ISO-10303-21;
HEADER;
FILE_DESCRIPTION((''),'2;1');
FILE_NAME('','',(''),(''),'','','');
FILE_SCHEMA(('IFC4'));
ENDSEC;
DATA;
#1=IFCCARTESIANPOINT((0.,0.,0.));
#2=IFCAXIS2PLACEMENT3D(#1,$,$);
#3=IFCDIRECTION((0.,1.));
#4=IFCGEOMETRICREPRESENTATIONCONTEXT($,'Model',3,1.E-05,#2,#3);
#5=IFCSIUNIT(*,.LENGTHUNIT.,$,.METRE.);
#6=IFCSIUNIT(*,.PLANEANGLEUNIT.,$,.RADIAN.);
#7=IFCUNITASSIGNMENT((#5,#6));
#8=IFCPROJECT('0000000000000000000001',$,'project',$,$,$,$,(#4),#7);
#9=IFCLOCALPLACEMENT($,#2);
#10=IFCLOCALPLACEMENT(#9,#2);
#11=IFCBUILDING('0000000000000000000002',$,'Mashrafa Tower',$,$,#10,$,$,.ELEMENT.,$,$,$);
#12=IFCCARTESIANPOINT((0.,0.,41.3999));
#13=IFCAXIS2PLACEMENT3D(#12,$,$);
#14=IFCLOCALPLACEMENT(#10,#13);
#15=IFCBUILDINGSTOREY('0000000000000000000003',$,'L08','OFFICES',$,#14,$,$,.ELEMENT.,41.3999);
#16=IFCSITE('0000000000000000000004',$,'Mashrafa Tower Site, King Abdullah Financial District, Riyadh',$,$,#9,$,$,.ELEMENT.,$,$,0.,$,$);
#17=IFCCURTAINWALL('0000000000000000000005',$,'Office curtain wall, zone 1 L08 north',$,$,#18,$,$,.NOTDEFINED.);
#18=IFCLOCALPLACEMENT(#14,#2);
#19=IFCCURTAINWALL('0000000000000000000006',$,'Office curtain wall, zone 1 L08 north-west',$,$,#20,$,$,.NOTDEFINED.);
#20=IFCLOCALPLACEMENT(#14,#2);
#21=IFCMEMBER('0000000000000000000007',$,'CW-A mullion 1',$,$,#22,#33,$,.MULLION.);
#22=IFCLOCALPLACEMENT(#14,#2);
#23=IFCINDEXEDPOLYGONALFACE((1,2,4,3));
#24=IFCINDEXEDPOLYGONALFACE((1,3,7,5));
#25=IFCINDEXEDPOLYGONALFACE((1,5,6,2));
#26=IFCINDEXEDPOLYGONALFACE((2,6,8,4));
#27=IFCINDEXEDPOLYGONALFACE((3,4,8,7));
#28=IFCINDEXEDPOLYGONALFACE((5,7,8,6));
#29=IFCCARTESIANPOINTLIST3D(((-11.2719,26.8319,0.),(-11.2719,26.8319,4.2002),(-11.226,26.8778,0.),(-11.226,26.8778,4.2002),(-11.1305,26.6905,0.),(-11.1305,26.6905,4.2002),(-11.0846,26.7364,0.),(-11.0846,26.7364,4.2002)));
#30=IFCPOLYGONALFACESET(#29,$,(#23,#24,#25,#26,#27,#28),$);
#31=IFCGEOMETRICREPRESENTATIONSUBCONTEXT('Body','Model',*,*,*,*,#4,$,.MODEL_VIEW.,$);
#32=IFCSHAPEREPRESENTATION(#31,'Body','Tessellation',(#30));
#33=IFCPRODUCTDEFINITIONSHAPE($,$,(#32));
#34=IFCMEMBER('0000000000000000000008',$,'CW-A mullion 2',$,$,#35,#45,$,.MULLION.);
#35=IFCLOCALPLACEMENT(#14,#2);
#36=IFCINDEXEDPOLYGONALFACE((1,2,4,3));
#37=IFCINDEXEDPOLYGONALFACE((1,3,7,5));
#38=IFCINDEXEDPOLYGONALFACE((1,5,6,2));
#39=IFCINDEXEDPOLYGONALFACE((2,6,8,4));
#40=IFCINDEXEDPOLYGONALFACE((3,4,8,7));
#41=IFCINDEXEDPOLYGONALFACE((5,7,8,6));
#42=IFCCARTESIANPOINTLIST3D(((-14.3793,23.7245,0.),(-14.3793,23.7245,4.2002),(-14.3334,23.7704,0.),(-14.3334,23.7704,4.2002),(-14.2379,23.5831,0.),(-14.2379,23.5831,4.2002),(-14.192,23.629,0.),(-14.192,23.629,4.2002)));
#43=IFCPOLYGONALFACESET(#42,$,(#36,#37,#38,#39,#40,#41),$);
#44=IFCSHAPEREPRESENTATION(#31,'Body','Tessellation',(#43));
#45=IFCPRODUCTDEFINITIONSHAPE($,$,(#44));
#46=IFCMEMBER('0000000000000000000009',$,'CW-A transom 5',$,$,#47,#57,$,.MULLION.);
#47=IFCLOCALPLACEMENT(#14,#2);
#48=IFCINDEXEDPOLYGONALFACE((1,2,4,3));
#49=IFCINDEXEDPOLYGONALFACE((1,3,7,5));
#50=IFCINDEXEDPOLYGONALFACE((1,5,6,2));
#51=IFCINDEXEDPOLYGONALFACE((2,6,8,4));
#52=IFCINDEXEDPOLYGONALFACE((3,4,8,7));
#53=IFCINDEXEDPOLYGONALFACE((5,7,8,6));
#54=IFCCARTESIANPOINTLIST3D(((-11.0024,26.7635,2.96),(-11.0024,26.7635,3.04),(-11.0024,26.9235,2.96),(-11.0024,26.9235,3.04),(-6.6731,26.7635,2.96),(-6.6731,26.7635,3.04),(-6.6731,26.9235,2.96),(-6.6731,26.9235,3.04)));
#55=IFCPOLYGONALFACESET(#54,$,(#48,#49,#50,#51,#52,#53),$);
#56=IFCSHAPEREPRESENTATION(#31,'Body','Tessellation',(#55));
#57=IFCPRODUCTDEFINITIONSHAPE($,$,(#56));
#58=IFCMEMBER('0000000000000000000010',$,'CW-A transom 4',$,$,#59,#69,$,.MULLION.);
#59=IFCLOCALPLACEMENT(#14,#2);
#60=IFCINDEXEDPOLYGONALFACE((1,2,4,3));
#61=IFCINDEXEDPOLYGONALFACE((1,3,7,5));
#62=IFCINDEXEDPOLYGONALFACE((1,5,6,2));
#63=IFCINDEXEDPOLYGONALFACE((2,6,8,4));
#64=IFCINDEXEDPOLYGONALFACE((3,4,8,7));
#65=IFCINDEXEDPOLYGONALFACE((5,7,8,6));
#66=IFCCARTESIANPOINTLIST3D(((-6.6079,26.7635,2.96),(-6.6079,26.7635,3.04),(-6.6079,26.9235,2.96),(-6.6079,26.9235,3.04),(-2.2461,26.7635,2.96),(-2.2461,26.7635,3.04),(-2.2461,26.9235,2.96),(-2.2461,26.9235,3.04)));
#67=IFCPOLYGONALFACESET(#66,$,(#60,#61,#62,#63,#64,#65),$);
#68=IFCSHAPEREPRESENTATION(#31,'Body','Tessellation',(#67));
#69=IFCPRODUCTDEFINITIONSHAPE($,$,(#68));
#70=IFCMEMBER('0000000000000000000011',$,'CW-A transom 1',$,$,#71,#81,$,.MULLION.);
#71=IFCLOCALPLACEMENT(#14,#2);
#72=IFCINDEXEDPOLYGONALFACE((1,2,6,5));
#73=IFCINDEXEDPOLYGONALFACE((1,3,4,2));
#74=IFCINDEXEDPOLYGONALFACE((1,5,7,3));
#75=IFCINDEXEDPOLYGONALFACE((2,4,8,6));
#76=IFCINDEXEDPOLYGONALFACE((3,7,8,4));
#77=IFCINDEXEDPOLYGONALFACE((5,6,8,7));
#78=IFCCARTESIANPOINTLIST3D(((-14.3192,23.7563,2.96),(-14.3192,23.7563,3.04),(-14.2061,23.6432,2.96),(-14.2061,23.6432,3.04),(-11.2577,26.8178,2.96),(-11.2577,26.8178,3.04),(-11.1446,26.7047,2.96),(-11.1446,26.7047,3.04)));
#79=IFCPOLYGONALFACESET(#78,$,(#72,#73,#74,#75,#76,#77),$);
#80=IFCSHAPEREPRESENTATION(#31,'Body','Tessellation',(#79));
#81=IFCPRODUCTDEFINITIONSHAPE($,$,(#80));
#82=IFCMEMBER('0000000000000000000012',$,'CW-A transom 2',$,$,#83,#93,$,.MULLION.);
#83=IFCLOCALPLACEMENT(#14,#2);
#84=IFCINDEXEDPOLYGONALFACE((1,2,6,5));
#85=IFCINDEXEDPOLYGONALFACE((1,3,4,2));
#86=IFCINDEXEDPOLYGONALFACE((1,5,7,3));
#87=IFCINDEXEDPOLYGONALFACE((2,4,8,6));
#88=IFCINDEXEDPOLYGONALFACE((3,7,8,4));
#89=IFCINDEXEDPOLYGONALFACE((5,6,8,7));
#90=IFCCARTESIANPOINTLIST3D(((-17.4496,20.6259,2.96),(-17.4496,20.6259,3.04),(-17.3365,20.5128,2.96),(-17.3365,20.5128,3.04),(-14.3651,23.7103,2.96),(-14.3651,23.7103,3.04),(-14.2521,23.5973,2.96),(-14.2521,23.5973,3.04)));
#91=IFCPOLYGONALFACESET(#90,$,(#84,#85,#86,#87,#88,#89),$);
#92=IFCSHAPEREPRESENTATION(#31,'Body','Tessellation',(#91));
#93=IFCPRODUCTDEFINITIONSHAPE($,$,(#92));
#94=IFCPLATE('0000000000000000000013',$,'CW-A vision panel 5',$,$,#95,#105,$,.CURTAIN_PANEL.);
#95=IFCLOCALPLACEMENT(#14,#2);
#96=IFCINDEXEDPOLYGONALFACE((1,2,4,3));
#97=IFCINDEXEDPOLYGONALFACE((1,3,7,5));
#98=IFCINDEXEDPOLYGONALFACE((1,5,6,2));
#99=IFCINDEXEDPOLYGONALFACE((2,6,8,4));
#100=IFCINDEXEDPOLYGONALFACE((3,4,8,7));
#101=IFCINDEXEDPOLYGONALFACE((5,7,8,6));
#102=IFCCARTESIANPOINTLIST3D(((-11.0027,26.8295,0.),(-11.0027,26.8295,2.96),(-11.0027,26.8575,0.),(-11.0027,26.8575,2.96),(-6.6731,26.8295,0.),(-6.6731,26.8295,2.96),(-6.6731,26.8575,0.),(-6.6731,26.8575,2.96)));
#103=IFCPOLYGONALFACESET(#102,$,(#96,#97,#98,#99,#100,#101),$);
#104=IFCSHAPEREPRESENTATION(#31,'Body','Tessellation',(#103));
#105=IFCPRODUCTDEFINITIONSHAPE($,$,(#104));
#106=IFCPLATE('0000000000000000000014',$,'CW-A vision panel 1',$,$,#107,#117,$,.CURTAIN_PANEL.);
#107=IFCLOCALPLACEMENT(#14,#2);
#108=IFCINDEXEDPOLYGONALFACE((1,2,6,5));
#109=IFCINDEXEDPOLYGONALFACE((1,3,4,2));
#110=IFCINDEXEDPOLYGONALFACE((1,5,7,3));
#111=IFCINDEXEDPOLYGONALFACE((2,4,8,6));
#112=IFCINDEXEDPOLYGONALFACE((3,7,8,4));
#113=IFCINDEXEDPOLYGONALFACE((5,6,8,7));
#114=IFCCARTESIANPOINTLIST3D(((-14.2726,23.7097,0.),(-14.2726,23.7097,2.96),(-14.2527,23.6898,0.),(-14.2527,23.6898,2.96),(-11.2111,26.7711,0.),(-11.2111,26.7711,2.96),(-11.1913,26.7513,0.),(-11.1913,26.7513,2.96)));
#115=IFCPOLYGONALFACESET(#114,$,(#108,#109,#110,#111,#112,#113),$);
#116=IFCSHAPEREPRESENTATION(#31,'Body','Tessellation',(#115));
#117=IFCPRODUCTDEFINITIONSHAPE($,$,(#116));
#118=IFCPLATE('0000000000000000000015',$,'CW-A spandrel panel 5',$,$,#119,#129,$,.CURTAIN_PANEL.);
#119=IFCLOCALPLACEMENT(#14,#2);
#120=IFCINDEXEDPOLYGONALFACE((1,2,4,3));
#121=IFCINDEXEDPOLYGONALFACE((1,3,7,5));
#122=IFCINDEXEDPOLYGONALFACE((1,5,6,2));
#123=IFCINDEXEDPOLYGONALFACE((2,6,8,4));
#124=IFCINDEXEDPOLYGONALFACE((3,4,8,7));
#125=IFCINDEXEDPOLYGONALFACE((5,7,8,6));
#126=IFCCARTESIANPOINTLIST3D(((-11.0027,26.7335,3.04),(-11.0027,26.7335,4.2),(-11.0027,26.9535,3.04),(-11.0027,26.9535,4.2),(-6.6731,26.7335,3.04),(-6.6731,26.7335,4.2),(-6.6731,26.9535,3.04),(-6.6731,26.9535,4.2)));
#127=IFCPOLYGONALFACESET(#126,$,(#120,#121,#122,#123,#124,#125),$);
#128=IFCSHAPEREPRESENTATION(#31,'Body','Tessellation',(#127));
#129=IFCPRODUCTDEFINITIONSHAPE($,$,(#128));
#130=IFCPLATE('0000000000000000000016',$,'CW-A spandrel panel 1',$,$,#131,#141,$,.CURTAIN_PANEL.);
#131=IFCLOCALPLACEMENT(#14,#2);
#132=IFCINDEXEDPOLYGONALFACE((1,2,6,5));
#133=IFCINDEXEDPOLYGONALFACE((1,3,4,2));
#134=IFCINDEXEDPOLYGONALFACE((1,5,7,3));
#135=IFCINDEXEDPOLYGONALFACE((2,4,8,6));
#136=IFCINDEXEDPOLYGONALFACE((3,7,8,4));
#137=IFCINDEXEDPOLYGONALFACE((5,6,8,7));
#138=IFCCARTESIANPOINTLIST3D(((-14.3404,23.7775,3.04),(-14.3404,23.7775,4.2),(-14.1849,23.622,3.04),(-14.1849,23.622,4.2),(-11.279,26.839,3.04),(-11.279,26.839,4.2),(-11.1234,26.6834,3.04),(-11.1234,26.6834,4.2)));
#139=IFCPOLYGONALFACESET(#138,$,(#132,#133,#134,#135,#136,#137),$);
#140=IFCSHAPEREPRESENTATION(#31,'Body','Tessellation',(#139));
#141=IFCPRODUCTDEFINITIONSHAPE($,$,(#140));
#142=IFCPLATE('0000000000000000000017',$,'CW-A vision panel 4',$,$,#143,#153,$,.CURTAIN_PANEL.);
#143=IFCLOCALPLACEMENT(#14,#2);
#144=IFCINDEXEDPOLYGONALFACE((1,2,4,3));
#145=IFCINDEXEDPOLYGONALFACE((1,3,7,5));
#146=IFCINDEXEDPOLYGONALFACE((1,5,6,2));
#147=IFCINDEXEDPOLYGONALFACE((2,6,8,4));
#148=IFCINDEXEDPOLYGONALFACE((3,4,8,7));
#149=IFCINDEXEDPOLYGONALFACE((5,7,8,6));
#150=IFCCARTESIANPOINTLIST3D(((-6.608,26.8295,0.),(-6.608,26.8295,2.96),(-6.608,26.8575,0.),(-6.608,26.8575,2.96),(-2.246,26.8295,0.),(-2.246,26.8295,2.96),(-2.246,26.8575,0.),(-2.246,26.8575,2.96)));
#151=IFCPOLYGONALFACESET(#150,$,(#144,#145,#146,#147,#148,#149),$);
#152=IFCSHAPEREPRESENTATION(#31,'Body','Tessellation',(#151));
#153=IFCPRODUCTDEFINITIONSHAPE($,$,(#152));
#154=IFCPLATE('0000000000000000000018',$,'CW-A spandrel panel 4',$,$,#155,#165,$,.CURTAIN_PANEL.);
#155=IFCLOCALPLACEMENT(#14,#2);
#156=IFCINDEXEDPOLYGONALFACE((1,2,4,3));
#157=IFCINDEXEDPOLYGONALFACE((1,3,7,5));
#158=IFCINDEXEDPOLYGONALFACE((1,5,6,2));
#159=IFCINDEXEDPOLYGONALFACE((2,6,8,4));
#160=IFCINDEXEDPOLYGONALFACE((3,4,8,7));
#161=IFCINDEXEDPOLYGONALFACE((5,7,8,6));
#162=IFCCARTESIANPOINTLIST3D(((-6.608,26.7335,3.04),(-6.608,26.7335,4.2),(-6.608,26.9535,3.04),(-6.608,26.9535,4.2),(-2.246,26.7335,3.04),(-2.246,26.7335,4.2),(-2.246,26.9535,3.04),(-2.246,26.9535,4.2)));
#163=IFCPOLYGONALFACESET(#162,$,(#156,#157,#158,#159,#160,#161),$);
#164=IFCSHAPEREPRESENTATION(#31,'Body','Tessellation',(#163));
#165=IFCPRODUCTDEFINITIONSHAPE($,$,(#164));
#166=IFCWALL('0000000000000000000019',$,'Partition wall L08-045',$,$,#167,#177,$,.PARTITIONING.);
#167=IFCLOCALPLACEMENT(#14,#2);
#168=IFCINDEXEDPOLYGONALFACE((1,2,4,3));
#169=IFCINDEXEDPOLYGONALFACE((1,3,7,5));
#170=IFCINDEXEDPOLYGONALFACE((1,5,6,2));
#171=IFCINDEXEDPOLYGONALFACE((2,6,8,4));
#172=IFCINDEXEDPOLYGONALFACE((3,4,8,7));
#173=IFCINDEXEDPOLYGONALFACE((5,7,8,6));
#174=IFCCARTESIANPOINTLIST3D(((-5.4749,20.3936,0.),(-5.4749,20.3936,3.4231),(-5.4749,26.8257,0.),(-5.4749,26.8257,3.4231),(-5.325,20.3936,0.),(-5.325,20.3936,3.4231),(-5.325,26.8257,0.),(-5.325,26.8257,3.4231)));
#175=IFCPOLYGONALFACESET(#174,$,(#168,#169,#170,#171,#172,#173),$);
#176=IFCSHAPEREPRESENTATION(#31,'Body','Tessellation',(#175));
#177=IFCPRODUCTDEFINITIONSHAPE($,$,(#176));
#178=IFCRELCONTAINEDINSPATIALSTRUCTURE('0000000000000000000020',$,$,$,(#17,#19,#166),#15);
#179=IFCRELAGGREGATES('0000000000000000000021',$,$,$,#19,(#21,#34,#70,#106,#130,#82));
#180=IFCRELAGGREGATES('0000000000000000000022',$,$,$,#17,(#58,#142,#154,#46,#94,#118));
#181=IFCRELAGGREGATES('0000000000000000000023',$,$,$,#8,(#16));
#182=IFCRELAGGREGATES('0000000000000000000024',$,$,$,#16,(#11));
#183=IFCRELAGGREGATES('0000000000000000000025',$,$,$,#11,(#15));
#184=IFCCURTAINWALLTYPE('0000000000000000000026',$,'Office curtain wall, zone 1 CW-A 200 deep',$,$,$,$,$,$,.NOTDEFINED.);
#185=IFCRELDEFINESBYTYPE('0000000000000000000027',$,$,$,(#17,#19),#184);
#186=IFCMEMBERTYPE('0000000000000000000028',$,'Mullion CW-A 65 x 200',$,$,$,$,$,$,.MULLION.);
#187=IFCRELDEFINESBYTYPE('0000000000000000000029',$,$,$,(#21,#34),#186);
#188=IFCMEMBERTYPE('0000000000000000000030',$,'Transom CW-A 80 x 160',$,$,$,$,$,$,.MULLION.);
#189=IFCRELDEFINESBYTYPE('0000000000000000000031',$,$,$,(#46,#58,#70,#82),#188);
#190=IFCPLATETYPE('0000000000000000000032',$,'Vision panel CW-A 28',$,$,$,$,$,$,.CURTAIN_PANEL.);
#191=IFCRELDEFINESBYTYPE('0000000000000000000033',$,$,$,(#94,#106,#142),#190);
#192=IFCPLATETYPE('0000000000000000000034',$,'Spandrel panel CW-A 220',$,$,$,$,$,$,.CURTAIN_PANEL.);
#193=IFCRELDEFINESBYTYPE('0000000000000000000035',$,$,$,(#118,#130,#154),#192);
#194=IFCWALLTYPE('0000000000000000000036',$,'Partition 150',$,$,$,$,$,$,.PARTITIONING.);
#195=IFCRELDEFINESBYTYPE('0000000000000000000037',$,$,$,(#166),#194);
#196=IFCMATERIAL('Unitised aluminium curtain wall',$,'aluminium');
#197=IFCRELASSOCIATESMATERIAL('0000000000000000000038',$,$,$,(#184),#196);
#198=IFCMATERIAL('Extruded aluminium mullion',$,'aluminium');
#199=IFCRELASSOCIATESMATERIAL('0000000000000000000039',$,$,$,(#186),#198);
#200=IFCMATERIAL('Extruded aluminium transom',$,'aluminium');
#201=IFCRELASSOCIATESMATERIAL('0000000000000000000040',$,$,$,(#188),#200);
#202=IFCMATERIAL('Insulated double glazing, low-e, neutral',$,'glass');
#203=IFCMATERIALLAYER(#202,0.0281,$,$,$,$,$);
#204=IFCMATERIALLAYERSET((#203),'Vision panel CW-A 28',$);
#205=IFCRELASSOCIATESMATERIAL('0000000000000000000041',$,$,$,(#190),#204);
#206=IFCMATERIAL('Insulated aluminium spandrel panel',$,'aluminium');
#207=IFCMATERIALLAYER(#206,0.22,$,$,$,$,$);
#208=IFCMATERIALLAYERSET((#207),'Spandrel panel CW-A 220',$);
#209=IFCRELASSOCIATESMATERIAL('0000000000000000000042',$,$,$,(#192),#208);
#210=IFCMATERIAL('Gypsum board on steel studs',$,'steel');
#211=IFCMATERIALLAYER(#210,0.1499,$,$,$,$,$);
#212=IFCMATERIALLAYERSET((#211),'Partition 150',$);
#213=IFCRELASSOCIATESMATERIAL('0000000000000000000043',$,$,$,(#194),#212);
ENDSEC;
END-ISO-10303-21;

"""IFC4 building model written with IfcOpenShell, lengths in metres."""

from ifc_helpers import new_model, si_unit, direction, frame, frame_2d, origin, origin_2d, place, context, subcontext, project, spatial, rectangle, extrude, source, transform, mapped, material, layer, layer_set, material_profile, profile_set, type_object, type_shapes, element, aggregate, save


model = new_model("IFC4")

# Units and contexts
model_context = context("Model", 3, precision=1e-05, world=origin(), true_north=direction((0.0, 1.0)))
body_context = subcontext(model_context, "Body", "Model", "MODEL_VIEW")
ifc_project = project(units=[si_unit("LENGTHUNIT", "METRE"), si_unit("PLANEANGLEUNIT", "RADIAN")], contexts=[model_context])

# Site, building, storey
site_placement = place(None, origin())
site = spatial("IfcSite", under=ifc_project, at=site_placement, Name="Mashrafa Tower Site, King Abdullah Financial District, Riyadh", CompositionType="ELEMENT", RefElevation=0.0)
building_placement = place(site_placement, origin())
building = spatial("IfcBuilding", under=site, at=building_placement, Name="Mashrafa Tower", CompositionType="ELEMENT")
storey_placement = place(building_placement, frame((0.0, 0.0, 41.3999)))
storey = spatial("IfcBuildingStorey", under=building, at=storey_placement, Name="L08", Description="OFFICES", CompositionType="ELEMENT", Elevation=41.3999)

# Curtain walls, members
ifc_material_1 = material(Name="Unitised aluminium curtain wall", Category="aluminium")
curtain_wall_type = type_object("IfcCurtainWallType", Name="Office curtain wall, zone 1 CW-A 200 deep", PredefinedType="NOTDEFINED", material=ifc_material_1)
curtain_wall_1_placement = place(storey_placement, origin())
curtain_wall_1 = element("IfcCurtainWall", 1, at=curtain_wall_1_placement, inside=storey, type_object=curtain_wall_type, Name="Office curtain wall, zone 1 L08 north", PredefinedType="NOTDEFINED")
ifc_material_2 = material(Name="Extruded aluminium mullion", Category="aluminium")
ifc_material_profile_1 = material_profile(ifc_material_2, rectangle(XDim=0.2, YDim=0.0649, at=origin_2d()), Name="Mullion 65x200")
ifc_profile_set_1 = profile_set([ifc_material_profile_1], Name="Extruded aluminium mullion")
member_type_1 = type_object("IfcMemberType", Name="Mullion CW-A 65 x 200", PredefinedType="MULLION", material=ifc_profile_set_1)
shared_shape_1 = source(origin(), body_context, "Body", "SweptSolid", [
    extrude(rectangle(XDim=0.2, YDim=0.0649, at=origin_2d()), origin(), (0.0, 0.0, 1.0), 4.2002),
])
type_shapes(member_type_1, [shared_shape_1])
curtain_wall_2_placement = place(storey_placement, origin())
curtain_wall_2 = element("IfcCurtainWall", 2, at=curtain_wall_2_placement, inside=storey, type_object=curtain_wall_type, Name="Office curtain wall, zone 1 L08 north-west", PredefinedType="NOTDEFINED")
member_1_placement = place(storey_placement, frame((-11.1782, 26.7842, 0.0), z_axis=(0.0, 0.0, 1.0), x_axis=(0.707107, -0.707107, 0.0)))
member_1 = element("IfcMember", 3, at=member_1_placement, type_object=member_type_1, Name="CW-A mullion 1", PredefinedType="MULLION", context=body_context, shape_type="MappedRepresentation", body=[
    mapped(shared_shape_1, transform((0.0, 0.0, 0.0))),
])
member_2_placement = place(storey_placement, frame((-14.2856, 23.6768, 0.0), z_axis=(0.0, 0.0, 1.0), x_axis=(0.707107, -0.707107, 0.0)))
member_2 = element("IfcMember", 4, at=member_2_placement, type_object=member_type_1, Name="CW-A mullion 2", PredefinedType="MULLION", context=body_context, shape_type="MappedRepresentation", body=[
    mapped(shared_shape_1, transform((0.0, 0.0, 0.0))),
])

# Members
ifc_material_3 = material(Name="Extruded aluminium transom", Category="aluminium")
ifc_material_profile_2 = material_profile(ifc_material_3, rectangle(XDim=0.1599, YDim=0.0801, at=origin_2d()), Name="Transom 80x160")
ifc_profile_set_2 = profile_set([ifc_material_profile_2], Name="Extruded aluminium transom")
member_type_2 = type_object("IfcMemberType", Name="Transom CW-A 80 x 160", PredefinedType="MULLION", material=ifc_profile_set_2)
shared_shape_2 = source(origin(), body_context, "Body", "SweptSolid", [
    extrude(rectangle(XDim=0.1599, YDim=0.0801, at=origin_2d()), origin(), (0.0, 0.0, 1.0), 4.3293),
])
member_3_placement = place(storey_placement, frame((-6.6731, 26.8435, 3.0), z_axis=(-1.0, 0.0, 0.0), x_axis=(0.0, -1.0, 0.0)))
member_3 = element("IfcMember", 5, at=member_3_placement, type_object=member_type_2, Name="CW-A transom 5", PredefinedType="MULLION", context=body_context, shape_type="MappedRepresentation", body=[
    mapped(shared_shape_2, transform((0.0, 0.0, 0.0))),
])
shared_shape_3 = source(origin(), body_context, "Body", "SweptSolid", [
    extrude(rectangle(XDim=0.1599, YDim=0.0801, at=origin_2d()), origin(), (0.0, 0.0, 1.0), 4.3618),
])
member_4_placement = place(storey_placement, frame((-2.2461, 26.8435, 3.0), z_axis=(-1.0, 0.0, 0.0), x_axis=(0.0, -1.0, 0.0)))
member_4 = element("IfcMember", 6, at=member_4_placement, type_object=member_type_2, Name="CW-A transom 4", PredefinedType="MULLION", context=body_context, shape_type="MappedRepresentation", body=[
    mapped(shared_shape_3, transform((0.0, 0.0, 0.0))),
])
shared_shape_4 = source(origin(), body_context, "Body", "SweptSolid", [
    extrude(rectangle(XDim=0.1599, YDim=0.0801, at=origin_2d()), origin(), (0.0, 0.0, 1.0), 4.3296),
])
member_5_placement = place(storey_placement, frame((-11.2012, 26.7612, 3.0), z_axis=(-0.707107, -0.707107, 0.0), x_axis=(0.707107, -0.707107, 0.0)))
member_5 = element("IfcMember", 7, at=member_5_placement, type_object=member_type_2, Name="CW-A transom 1", PredefinedType="MULLION", context=body_context, shape_type="MappedRepresentation", body=[
    mapped(shared_shape_4, transform((0.0, 0.0, 0.0))),
])
shared_shape_5 = source(origin(), body_context, "Body", "SweptSolid", [
    extrude(rectangle(XDim=0.1599, YDim=0.0801, at=origin_2d()), origin(), (0.0, 0.0, 1.0), 4.3621),
])
type_shapes(member_type_2, [shared_shape_2, shared_shape_3, shared_shape_4, shared_shape_5])
member_6_placement = place(storey_placement, frame((-14.3086, 23.6538, 3.0), z_axis=(-0.707107, -0.707107, 0.0), x_axis=(0.707107, -0.707107, 0.0)))
member_6 = element("IfcMember", 8, at=member_6_placement, type_object=member_type_2, Name="CW-A transom 2", PredefinedType="MULLION", context=body_context, shape_type="MappedRepresentation", body=[
    mapped(shared_shape_5, transform((0.0, 0.0, 0.0))),
])

# Plates
ifc_material_4 = material(Name="Insulated double glazing, low-e, neutral", Category="glass")
ifc_layer_1 = layer(ifc_material_4, 0.0281)
ifc_layer_set_1 = layer_set([ifc_layer_1], Name="Vision panel CW-A 28")
plate_type_1 = type_object("IfcPlateType", Name="Vision panel CW-A 28", PredefinedType="CURTAIN_PANEL", material=ifc_layer_set_1)
shared_shape_6 = source(origin(), body_context, "Body", "SweptSolid", [
    extrude(rectangle(XDim=4.3296, YDim=0.0281, at=origin_2d()), origin(), (0.0, 0.0, 1.0), 2.96),
])
plate_1_placement = place(storey_placement, frame((-8.8379, 26.8435, 0.0), z_axis=(0.0, 0.0, 1.0), x_axis=(-1.0, 0.0, 0.0)))
plate_1 = element("IfcPlate", 9, at=plate_1_placement, type_object=plate_type_1, Name="CW-A vision panel 5", PredefinedType="CURTAIN_PANEL", context=body_context, shape_type="MappedRepresentation", body=[
    mapped(shared_shape_6, transform((0.0, 0.0, 0.0))),
])
plate_2_placement = place(storey_placement, frame((-12.7319, 25.2305, 0.0), z_axis=(0.0, 0.0, 1.0), x_axis=(-0.707107, -0.707107, 0.0)))
plate_2 = element("IfcPlate", 10, at=plate_2_placement, type_object=plate_type_1, Name="CW-A vision panel 1", PredefinedType="CURTAIN_PANEL", context=body_context, shape_type="MappedRepresentation", body=[
    mapped(shared_shape_6, transform((0.0, 0.0, 0.0))),
])
ifc_material_5 = material(Name="Insulated aluminium spandrel panel", Category="aluminium")
ifc_layer_2 = layer(ifc_material_5, 0.22)
ifc_layer_set_2 = layer_set([ifc_layer_2], Name="Spandrel panel CW-A 220")
plate_type_2 = type_object("IfcPlateType", Name="Spandrel panel CW-A 220", PredefinedType="CURTAIN_PANEL", material=ifc_layer_set_2)
shared_shape_7 = source(origin(), body_context, "Body", "SweptSolid", [
    extrude(rectangle(XDim=4.3296, YDim=0.22, at=origin_2d()), origin(), (0.0, 0.0, 1.0), 1.1599),
])
plate_3_placement = place(storey_placement, frame((-8.8379, 26.8435, 3.04), z_axis=(0.0, 0.0, 1.0), x_axis=(-1.0, 0.0, 0.0)))
plate_3 = element("IfcPlate", 11, at=plate_3_placement, type_object=plate_type_2, Name="CW-A spandrel panel 5", PredefinedType="CURTAIN_PANEL", context=body_context, shape_type="MappedRepresentation", body=[
    mapped(shared_shape_7, transform((0.0, 0.0, 0.0))),
])
plate_4_placement = place(storey_placement, frame((-12.7319, 25.2305, 3.04), z_axis=(0.0, 0.0, 1.0), x_axis=(-0.707107, -0.707107, 0.0)))
plate_4 = element("IfcPlate", 12, at=plate_4_placement, type_object=plate_type_2, Name="CW-A spandrel panel 1", PredefinedType="CURTAIN_PANEL", context=body_context, shape_type="MappedRepresentation", body=[
    mapped(shared_shape_7, transform((0.0, 0.0, 0.0))),
])
aggregate(curtain_wall_2, [member_1, member_2, member_5, plate_2, plate_4, member_6])
shared_shape_8 = source(origin(), body_context, "Body", "SweptSolid", [
    extrude(rectangle(XDim=4.3621, YDim=0.0281, at=origin_2d()), origin(), (0.0, 0.0, 1.0), 2.96),
])
type_shapes(plate_type_1, [shared_shape_6, shared_shape_8])
plate_5_placement = place(storey_placement, frame((-4.427, 26.8435, 0.0), z_axis=(0.0, 0.0, 1.0), x_axis=(-1.0, 0.0, 0.0)))
plate_5 = element("IfcPlate", 13, at=plate_5_placement, type_object=plate_type_1, Name="CW-A vision panel 4", PredefinedType="CURTAIN_PANEL", context=body_context, shape_type="MappedRepresentation", body=[
    mapped(shared_shape_8, transform((0.0, 0.0, 0.0))),
])
shared_shape_9 = source(origin(), body_context, "Body", "SweptSolid", [
    extrude(rectangle(XDim=4.3621, YDim=0.22, at=origin_2d()), origin(), (0.0, 0.0, 1.0), 1.1599),
])
type_shapes(plate_type_2, [shared_shape_7, shared_shape_9])
plate_6_placement = place(storey_placement, frame((-4.427, 26.8435, 3.04), z_axis=(0.0, 0.0, 1.0), x_axis=(-1.0, 0.0, 0.0)))
plate_6 = element("IfcPlate", 14, at=plate_6_placement, type_object=plate_type_2, Name="CW-A spandrel panel 4", PredefinedType="CURTAIN_PANEL", context=body_context, shape_type="MappedRepresentation", body=[
    mapped(shared_shape_9, transform((0.0, 0.0, 0.0))),
])
aggregate(curtain_wall_1, [member_4, plate_5, plate_6, member_3, plate_1, plate_3])

# Wall
ifc_material_6 = material(Name="Gypsum board on steel studs", Category="steel")
ifc_layer_3 = layer(ifc_material_6, 0.1499)
ifc_layer_set_3 = layer_set([ifc_layer_3], Name="Partition 150")
wall_type = type_object("IfcWallType", Name="Partition 150", PredefinedType="PARTITIONING", material=ifc_layer_set_3)
wall_1_placement = place(storey_placement, frame((-5.3999, 26.8257, 0.0), z_axis=(0.0, 0.0, 1.0), x_axis=(0.0, -1.0, 0.0)))
element("IfcWall", 15, at=wall_1_placement, inside=storey, type_object=wall_type, Name="Partition wall L08-045", PredefinedType="PARTITIONING", context=body_context, shape_type="SweptSolid", body=[
    extrude(rectangle(XDim=6.4321, YDim=0.1499, at=frame_2d((3.2161, 0.0))), origin(), (0.0, 0.0, 1.0), 3.4231),
])

save(model, "model.ifc")
